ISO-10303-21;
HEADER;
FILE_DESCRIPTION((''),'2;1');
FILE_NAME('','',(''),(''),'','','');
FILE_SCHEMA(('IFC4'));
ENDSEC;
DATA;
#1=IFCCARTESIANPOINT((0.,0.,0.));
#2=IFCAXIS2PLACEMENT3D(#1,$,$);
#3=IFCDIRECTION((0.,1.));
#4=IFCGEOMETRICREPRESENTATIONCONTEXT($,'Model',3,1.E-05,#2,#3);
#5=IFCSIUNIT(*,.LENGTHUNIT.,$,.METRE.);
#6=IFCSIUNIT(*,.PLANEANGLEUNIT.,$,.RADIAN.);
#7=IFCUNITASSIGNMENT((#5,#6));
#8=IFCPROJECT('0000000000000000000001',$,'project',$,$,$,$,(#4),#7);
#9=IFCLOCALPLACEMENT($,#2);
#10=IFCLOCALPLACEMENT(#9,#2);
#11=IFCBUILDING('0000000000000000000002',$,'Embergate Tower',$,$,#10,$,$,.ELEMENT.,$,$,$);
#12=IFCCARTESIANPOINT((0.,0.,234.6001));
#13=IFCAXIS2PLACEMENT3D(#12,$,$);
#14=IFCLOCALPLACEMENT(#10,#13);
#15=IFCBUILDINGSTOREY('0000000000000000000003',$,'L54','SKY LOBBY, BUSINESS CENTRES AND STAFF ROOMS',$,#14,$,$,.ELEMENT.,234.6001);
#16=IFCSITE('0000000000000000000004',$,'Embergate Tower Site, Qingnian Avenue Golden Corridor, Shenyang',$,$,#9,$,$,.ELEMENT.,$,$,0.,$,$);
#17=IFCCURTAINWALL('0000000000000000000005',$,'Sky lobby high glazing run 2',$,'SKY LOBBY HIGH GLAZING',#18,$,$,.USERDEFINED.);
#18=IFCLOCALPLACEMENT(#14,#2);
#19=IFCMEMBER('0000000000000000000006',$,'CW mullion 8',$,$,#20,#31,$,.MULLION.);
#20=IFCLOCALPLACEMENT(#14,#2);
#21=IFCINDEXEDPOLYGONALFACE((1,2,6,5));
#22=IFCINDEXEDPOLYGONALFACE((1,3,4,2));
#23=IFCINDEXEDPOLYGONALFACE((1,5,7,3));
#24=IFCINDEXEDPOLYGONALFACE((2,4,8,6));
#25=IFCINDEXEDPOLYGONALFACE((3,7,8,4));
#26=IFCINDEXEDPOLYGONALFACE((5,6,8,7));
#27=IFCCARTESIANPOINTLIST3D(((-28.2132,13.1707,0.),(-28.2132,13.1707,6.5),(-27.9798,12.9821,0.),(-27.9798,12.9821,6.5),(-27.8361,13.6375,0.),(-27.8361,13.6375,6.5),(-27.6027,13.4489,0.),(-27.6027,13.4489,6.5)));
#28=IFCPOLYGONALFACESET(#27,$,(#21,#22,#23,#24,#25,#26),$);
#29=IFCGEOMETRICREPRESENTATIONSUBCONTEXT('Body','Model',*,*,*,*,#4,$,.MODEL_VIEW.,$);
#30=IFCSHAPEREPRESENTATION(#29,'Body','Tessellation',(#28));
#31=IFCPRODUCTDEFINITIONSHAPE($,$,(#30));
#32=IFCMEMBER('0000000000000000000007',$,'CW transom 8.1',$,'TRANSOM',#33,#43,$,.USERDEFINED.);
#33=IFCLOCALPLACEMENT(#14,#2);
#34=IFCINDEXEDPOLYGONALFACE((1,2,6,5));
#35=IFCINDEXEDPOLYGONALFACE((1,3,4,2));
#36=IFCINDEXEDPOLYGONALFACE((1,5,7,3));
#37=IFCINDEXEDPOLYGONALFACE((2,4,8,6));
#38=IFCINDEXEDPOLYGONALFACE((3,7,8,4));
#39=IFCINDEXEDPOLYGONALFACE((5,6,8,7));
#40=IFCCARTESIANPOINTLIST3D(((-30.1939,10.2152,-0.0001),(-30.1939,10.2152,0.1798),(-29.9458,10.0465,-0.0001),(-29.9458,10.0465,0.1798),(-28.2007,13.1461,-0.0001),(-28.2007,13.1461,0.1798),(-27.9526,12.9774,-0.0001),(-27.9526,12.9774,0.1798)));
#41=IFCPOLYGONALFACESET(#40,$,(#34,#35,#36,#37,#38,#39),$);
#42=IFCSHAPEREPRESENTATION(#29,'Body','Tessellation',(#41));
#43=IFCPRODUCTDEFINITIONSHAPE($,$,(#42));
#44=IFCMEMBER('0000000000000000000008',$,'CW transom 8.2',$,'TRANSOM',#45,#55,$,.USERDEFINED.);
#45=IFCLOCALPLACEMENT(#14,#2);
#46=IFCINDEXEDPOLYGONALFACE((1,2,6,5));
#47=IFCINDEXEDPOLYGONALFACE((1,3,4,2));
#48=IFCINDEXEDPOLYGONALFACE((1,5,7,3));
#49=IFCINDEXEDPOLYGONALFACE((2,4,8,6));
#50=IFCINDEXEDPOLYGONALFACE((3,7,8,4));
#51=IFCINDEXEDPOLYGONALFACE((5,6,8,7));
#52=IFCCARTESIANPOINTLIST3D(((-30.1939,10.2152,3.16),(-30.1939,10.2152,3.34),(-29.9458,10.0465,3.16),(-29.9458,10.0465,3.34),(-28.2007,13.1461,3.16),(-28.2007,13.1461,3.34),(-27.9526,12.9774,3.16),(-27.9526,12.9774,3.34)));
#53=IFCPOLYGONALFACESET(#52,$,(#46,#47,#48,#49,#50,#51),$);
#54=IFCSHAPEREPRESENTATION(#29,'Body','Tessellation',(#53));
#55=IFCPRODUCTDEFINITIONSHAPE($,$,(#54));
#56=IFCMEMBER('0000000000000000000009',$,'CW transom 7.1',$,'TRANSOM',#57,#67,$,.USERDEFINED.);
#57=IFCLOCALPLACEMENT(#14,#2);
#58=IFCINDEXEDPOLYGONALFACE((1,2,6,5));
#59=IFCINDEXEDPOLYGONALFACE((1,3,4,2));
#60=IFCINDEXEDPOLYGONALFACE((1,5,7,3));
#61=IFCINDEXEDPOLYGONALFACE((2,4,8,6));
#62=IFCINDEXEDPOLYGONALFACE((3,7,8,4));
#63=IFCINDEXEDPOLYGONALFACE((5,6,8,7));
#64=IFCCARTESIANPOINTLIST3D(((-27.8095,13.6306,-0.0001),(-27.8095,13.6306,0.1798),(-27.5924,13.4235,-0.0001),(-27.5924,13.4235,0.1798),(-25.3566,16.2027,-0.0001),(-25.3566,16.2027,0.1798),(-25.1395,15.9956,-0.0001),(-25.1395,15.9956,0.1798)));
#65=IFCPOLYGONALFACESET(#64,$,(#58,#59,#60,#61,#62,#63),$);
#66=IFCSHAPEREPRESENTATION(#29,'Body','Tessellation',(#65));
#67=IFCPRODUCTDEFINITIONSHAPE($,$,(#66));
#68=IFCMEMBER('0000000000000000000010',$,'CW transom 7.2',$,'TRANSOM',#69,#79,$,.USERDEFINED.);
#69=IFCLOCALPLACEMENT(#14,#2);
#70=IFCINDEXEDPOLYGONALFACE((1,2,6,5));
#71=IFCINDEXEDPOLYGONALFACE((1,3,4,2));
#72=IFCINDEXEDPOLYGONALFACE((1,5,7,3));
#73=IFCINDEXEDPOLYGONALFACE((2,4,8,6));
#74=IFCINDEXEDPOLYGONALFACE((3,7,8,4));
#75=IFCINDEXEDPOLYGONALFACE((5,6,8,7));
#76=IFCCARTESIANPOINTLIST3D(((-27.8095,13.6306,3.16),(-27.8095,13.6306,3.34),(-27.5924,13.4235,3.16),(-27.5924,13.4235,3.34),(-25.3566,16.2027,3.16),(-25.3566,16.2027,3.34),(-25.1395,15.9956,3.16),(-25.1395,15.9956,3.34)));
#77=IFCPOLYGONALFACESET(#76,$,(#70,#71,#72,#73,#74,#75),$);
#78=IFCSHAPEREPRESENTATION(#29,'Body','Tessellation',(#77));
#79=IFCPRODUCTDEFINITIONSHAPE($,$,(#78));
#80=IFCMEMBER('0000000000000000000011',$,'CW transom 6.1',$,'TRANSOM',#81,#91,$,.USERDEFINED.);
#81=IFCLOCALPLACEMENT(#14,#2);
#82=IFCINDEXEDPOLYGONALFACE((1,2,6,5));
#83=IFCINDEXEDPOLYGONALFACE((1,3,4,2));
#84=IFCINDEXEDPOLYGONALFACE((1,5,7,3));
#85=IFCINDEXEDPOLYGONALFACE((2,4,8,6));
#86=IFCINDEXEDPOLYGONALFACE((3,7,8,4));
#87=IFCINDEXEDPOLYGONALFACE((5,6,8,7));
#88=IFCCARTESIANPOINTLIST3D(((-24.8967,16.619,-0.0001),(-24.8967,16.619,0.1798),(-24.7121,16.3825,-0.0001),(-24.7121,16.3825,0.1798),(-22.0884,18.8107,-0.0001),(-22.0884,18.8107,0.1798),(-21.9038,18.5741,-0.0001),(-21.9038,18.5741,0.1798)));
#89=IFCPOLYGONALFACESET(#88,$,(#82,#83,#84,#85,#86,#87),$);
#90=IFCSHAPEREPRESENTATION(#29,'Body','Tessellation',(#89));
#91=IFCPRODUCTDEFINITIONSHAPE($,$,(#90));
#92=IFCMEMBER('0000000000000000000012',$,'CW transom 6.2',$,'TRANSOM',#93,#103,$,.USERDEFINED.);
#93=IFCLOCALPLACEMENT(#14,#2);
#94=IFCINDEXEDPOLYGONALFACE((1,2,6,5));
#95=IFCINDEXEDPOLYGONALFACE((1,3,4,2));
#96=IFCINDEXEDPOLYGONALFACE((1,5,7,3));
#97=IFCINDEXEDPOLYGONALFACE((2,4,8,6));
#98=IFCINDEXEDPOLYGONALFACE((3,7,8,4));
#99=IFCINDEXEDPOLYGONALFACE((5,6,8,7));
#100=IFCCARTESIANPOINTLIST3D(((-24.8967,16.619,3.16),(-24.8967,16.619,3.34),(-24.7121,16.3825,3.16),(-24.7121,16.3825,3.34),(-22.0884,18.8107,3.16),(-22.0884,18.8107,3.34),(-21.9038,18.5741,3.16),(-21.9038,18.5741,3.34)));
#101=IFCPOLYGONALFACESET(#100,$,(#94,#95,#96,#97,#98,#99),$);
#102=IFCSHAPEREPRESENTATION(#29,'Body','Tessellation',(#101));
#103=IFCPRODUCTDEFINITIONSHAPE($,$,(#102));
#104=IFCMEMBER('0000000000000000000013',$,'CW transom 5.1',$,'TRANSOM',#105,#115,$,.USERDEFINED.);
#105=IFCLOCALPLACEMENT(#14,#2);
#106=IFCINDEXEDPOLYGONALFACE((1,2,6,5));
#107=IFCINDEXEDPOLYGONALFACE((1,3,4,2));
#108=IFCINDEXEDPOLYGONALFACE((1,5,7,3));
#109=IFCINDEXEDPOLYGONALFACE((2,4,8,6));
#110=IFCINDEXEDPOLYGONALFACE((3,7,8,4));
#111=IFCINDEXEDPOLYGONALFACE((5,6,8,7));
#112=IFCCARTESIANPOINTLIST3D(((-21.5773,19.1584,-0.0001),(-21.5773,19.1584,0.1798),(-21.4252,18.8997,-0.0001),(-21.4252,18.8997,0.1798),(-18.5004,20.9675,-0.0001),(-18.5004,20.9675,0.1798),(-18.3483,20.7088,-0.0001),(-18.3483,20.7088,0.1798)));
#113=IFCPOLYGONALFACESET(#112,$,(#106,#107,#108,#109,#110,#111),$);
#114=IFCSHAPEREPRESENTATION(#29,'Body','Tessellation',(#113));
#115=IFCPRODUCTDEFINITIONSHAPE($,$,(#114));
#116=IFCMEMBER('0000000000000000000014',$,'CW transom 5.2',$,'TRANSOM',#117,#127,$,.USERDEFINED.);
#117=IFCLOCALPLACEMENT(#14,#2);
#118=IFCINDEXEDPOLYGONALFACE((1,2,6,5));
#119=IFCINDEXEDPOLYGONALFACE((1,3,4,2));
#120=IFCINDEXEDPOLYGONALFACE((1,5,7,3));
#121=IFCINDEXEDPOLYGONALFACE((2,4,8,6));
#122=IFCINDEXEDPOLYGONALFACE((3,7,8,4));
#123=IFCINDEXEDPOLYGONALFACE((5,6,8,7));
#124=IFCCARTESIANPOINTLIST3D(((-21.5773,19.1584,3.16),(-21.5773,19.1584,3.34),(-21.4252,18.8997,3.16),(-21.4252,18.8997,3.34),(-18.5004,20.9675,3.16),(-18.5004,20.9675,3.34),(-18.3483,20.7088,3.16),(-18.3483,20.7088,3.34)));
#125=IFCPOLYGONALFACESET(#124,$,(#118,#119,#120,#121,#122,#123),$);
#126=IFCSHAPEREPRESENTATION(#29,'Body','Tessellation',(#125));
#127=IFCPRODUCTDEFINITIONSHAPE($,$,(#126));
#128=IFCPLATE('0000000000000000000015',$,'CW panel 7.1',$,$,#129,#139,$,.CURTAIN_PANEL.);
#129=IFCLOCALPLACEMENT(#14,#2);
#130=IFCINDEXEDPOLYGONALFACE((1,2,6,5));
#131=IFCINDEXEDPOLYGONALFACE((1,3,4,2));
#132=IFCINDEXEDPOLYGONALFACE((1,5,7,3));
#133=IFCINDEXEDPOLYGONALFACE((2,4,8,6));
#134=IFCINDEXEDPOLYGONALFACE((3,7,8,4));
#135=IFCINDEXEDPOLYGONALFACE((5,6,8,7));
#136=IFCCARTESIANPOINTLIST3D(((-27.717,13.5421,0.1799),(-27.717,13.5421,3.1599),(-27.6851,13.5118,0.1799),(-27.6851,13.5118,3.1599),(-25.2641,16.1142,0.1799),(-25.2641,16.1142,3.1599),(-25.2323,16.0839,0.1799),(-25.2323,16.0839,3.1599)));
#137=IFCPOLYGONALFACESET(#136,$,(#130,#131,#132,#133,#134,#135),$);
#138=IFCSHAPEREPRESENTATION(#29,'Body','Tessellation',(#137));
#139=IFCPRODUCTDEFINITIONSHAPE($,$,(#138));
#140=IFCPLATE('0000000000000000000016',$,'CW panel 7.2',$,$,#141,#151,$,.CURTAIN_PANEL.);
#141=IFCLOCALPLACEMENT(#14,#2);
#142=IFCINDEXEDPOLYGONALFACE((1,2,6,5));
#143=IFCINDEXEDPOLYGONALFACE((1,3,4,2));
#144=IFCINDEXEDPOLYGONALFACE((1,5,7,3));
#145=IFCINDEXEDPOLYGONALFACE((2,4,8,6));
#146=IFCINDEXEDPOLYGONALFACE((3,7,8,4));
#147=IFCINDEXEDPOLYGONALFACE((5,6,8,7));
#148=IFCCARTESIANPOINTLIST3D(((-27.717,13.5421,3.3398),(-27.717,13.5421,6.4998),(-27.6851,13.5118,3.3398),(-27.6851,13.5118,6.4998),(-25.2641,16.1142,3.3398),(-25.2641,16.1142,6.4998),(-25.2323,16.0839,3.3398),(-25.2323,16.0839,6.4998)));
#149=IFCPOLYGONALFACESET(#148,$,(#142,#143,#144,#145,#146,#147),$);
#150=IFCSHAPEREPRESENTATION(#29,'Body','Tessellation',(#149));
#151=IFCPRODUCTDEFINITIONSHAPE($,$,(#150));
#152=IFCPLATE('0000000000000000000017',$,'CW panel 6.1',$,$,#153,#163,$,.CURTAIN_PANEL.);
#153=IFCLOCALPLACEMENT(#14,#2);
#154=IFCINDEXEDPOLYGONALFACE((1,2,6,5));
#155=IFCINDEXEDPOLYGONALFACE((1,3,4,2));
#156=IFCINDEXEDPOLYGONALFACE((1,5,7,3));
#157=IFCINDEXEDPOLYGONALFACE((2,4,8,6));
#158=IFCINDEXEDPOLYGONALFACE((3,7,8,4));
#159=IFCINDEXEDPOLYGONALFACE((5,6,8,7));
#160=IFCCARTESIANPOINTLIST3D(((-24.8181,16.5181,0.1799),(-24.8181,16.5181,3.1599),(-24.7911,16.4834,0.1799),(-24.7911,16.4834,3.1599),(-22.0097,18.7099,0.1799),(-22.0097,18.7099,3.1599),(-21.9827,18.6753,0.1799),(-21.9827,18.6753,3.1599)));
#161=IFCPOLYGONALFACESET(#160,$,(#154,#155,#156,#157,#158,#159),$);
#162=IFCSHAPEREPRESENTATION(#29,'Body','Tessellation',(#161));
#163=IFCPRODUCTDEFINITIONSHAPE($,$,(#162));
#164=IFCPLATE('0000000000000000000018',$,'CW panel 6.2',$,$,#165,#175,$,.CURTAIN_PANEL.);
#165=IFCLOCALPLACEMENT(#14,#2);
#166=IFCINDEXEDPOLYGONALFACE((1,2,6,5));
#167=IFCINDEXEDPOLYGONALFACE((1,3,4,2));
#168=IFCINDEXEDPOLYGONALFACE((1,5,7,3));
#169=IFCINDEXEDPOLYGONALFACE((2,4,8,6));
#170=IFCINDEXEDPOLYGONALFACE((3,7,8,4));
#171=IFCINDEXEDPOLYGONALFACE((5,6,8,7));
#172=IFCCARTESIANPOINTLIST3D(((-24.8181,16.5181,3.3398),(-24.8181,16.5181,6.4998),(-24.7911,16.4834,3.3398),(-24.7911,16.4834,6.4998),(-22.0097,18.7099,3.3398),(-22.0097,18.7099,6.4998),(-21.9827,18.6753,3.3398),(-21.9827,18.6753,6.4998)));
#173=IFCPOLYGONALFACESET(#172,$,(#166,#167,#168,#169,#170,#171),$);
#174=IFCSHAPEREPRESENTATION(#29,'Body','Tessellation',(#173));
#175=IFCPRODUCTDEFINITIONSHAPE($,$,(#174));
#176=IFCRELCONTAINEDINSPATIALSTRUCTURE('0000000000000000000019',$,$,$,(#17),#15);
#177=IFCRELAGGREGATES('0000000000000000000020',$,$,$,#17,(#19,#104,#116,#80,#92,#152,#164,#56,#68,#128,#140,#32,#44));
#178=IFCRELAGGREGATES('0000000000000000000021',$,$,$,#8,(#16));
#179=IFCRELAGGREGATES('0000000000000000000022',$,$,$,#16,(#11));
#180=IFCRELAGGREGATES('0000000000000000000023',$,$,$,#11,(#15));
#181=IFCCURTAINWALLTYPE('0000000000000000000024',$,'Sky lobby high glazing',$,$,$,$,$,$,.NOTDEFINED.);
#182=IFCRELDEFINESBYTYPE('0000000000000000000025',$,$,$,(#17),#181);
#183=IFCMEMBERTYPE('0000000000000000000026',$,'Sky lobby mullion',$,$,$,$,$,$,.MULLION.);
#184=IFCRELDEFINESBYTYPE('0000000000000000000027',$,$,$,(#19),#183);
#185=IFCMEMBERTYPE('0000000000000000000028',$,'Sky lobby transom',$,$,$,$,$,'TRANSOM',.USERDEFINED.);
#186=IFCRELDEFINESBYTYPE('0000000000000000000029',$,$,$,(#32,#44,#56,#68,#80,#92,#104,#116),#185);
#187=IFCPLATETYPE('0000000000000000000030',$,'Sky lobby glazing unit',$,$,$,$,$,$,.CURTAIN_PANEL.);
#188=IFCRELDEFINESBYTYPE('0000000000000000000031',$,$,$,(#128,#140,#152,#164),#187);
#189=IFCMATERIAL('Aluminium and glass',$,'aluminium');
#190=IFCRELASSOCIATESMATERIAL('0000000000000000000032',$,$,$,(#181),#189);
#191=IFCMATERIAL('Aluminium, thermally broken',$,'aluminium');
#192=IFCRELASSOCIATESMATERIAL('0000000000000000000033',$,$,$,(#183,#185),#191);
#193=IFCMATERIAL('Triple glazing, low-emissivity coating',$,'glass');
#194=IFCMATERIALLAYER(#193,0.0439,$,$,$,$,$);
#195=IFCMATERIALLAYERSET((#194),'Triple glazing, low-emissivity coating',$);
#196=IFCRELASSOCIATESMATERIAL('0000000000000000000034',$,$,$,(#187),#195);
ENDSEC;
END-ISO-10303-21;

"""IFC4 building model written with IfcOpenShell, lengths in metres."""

from ifc_helpers import new_model, si_unit, direction, frame, origin, origin_2d, place, context, subcontext, project, spatial, rectangle, extrude, source, transform, mapped, material, layer, layer_set, material_profile, profile_set, type_object, element, aggregate, save


model = new_model("IFC4")

# Units and contexts
model_context = context("Model", 3, precision=1e-05, world=origin(), true_north=direction((0.0, 1.0)))
body_context = subcontext(model_context, "Body", "Model", "MODEL_VIEW")
ifc_project = project(units=[si_unit("LENGTHUNIT", "METRE"), si_unit("PLANEANGLEUNIT", "RADIAN")], contexts=[model_context])

# Site, building, storey
site_placement = place(None, origin())
site = spatial("IfcSite", under=ifc_project, at=site_placement, Name="Embergate Tower Site, Qingnian Avenue Golden Corridor, Shenyang", CompositionType="ELEMENT", RefElevation=0.0)
building_placement = place(site_placement, origin())
building = spatial("IfcBuilding", under=site, at=building_placement, Name="Embergate Tower", CompositionType="ELEMENT")
storey_placement = place(building_placement, frame((0.0, 0.0, 234.6001)))
storey = spatial("IfcBuildingStorey", under=building, at=storey_placement, Name="L54", Description="SKY LOBBY, BUSINESS CENTRES AND STAFF ROOMS", CompositionType="ELEMENT", Elevation=234.6001)

# Curtain wall, members, plates
ifc_material_1 = material(Name="Aluminium and glass", Category="aluminium")
curtain_wall_type = type_object("IfcCurtainWallType", Name="Sky lobby high glazing", PredefinedType="NOTDEFINED", material=ifc_material_1)
curtain_wall_placement = place(storey_placement, origin())
curtain_wall = element("IfcCurtainWall", 1, at=curtain_wall_placement, inside=storey, type_object=curtain_wall_type, Name="Sky lobby high glazing run 2", ObjectType="SKY LOBBY HIGH GLAZING", PredefinedType="USERDEFINED")
ifc_material_2 = material(Name="Aluminium, thermally broken", Category="aluminium")
ifc_material_profile_1 = material_profile(ifc_material_2, rectangle(XDim=0.3, YDim=0.6001, at=origin_2d()), Name="AL 600x300")
ifc_profile_set_1 = profile_set([ifc_material_profile_1], Name="Aluminium, thermally broken")
member_type_1 = type_object("IfcMemberType", Name="Sky lobby mullion", PredefinedType="MULLION", material=ifc_profile_set_1)
shared_shape_1 = source(origin(), body_context, "Body", "SweptSolid", [
    extrude(rectangle(XDim=0.3, YDim=0.6001, at=origin_2d()), origin(), (0.0, 0.0, 1.0), 6.5),
])
member_1_placement = place(storey_placement, frame((-27.908, 13.3098, 0.0), z_axis=(0.0, 0.0, 1.0), x_axis=(0.777858, -0.62844, 0.0)))
member_1 = element("IfcMember", 2, at=member_1_placement, type_object=member_type_1, Name="CW mullion 8", PredefinedType="MULLION", context=body_context, shape_type="MappedRepresentation", body=[
    mapped(shared_shape_1, transform((0.0, 0.0, 0.0))),
])
ifc_material_profile_2 = material_profile(ifc_material_2, rectangle(XDim=0.3, YDim=0.1799, at=origin_2d()), Name="AL 180x300")
ifc_profile_set_2 = profile_set([ifc_material_profile_2], Name="Aluminium, thermally broken")
member_type_2 = type_object("IfcMemberType", Name="Sky lobby transom", ElementType="TRANSOM", PredefinedType="USERDEFINED", material=ifc_profile_set_2)
shared_shape_2 = source(origin(), body_context, "Body", "SweptSolid", [
    extrude(rectangle(XDim=0.3, YDim=0.1799, at=origin_2d()), origin(), (0.0, 0.0, 1.0), 3.5444),
])
member_2_placement = place(storey_placement, frame((-28.0767, 13.0618, 0.0898), z_axis=(-0.562338, -0.826907, 0.0), x_axis=(0.826907, -0.562338, 0.0)))
member_2 = element("IfcMember", 3, at=member_2_placement, type_object=member_type_2, Name="CW transom 8.1", ObjectType="TRANSOM", PredefinedType="USERDEFINED", context=body_context, shape_type="MappedRepresentation", body=[
    mapped(shared_shape_2, transform((0.0, 0.0, 0.0))),
])
member_3_placement = place(storey_placement, frame((-28.0767, 13.0618, 3.25), z_axis=(-0.562338, -0.826907, 0.0), x_axis=(0.826907, -0.562338, 0.0)))
member_3 = element("IfcMember", 4, at=member_3_placement, type_object=member_type_2, Name="CW transom 8.2", ObjectType="TRANSOM", PredefinedType="USERDEFINED", context=body_context, shape_type="MappedRepresentation", body=[
    mapped(shared_shape_2, transform((0.0, 0.0, 0.0))),
])
shared_shape_3 = source(origin(), body_context, "Body", "SweptSolid", [
    extrude(rectangle(XDim=0.3, YDim=0.1799, at=origin_2d()), origin(), (0.0, 0.0, 1.0), 3.5542),
])
member_4_placement = place(storey_placement, frame((-25.248, 16.0991, 0.0898), z_axis=(-0.690147, -0.723669, 0.0), x_axis=(0.723669, -0.690147, 0.0)))
member_4 = element("IfcMember", 5, at=member_4_placement, type_object=member_type_2, Name="CW transom 7.1", ObjectType="TRANSOM", PredefinedType="USERDEFINED", context=body_context, shape_type="MappedRepresentation", body=[
    mapped(shared_shape_3, transform((0.0, 0.0, 0.0))),
])
member_5_placement = place(storey_placement, frame((-25.248, 16.0991, 3.25), z_axis=(-0.690147, -0.723669, 0.0), x_axis=(0.723669, -0.690147, 0.0)))
member_5 = element("IfcMember", 6, at=member_5_placement, type_object=member_type_2, Name="CW transom 7.2", ObjectType="TRANSOM", PredefinedType="USERDEFINED", context=body_context, shape_type="MappedRepresentation", body=[
    mapped(shared_shape_3, transform((0.0, 0.0, 0.0))),
])
shared_shape_4 = source(origin(), body_context, "Body", "SweptSolid", [
    extrude(rectangle(XDim=0.3, YDim=0.1799, at=origin_2d()), origin(), (0.0, 0.0, 1.0), 3.5623),
])
member_6_placement = place(storey_placement, frame((-21.9961, 18.6924, 0.0898), z_axis=(-0.788347, -0.61523, 0.0), x_axis=(0.61523, -0.788347, 0.0)))
member_6 = element("IfcMember", 7, at=member_6_placement, type_object=member_type_2, Name="CW transom 6.1", ObjectType="TRANSOM", PredefinedType="USERDEFINED", context=body_context, shape_type="MappedRepresentation", body=[
    mapped(shared_shape_4, transform((0.0, 0.0, 0.0))),
])
member_7_placement = place(storey_placement, frame((-21.9961, 18.6924, 3.25), z_axis=(-0.788347, -0.61523, 0.0), x_axis=(0.61523, -0.788347, 0.0)))
member_7 = element("IfcMember", 8, at=member_7_placement, type_object=member_type_2, Name="CW transom 6.2", ObjectType="TRANSOM", PredefinedType="USERDEFINED", context=body_context, shape_type="MappedRepresentation", body=[
    mapped(shared_shape_4, transform((0.0, 0.0, 0.0))),
])
shared_shape_5 = source(origin(), body_context, "Body", "SweptSolid", [
    extrude(rectangle(XDim=0.3, YDim=0.1799, at=origin_2d()), origin(), (0.0, 0.0, 1.0), 3.5693),
])
member_8_placement = place(storey_placement, frame((-18.4243, 20.8381, 0.0898), z_axis=(-0.86204, -0.506841, 0.0), x_axis=(0.506841, -0.86204, 0.0)))
member_8 = element("IfcMember", 9, at=member_8_placement, type_object=member_type_2, Name="CW transom 5.1", ObjectType="TRANSOM", PredefinedType="USERDEFINED", context=body_context, shape_type="MappedRepresentation", body=[
    mapped(shared_shape_5, transform((0.0, 0.0, 0.0))),
])
member_9_placement = place(storey_placement, frame((-18.4243, 20.8381, 3.25), z_axis=(-0.86204, -0.506841, 0.0), x_axis=(0.506841, -0.86204, 0.0)))
member_9 = element("IfcMember", 10, at=member_9_placement, type_object=member_type_2, Name="CW transom 5.2", ObjectType="TRANSOM", PredefinedType="USERDEFINED", context=body_context, shape_type="MappedRepresentation", body=[
    mapped(shared_shape_5, transform((0.0, 0.0, 0.0))),
])
ifc_material_3 = material(Name="Triple glazing, low-emissivity coating", Category="glass")
ifc_layer_1 = layer(ifc_material_3, 0.0439)
ifc_layer_set_1 = layer_set([ifc_layer_1], Name="Triple glazing, low-emissivity coating")
plate_type = type_object("IfcPlateType", Name="Sky lobby glazing unit", PredefinedType="CURTAIN_PANEL", material=ifc_layer_set_1)
shared_shape_6 = source(origin(), body_context, "Body", "SweptSolid", [
    extrude(rectangle(XDim=3.5542, YDim=0.0439, at=origin_2d()), origin(), (0.0, 0.0, 1.0), 2.98),
])
plate_1_placement = place(storey_placement, frame((-26.4746, 14.813, 0.1799), z_axis=(0.0, 0.0, 1.0), x_axis=(-0.690136, -0.723679, 0.0)))
plate_1 = element("IfcPlate", 11, at=plate_1_placement, type_object=plate_type, Name="CW panel 7.1", PredefinedType="CURTAIN_PANEL", context=body_context, shape_type="MappedRepresentation", body=[
    mapped(shared_shape_6, transform((0.0, 0.0, 0.0))),
])
shared_shape_7 = source(origin(), body_context, "Body", "SweptSolid", [
    extrude(rectangle(XDim=3.5542, YDim=0.0439, at=origin_2d()), origin(), (0.0, 0.0, 1.0), 3.1599),
])
plate_2_placement = place(storey_placement, frame((-26.4746, 14.813, 3.3398), z_axis=(0.0, 0.0, 1.0), x_axis=(-0.690136, -0.723679, 0.0)))
plate_2 = element("IfcPlate", 12, at=plate_2_placement, type_object=plate_type, Name="CW panel 7.2", PredefinedType="CURTAIN_PANEL", context=body_context, shape_type="MappedRepresentation", body=[
    mapped(shared_shape_7, transform((0.0, 0.0, 0.0))),
])
shared_shape_8 = source(origin(), body_context, "Body", "SweptSolid", [
    extrude(rectangle(XDim=3.5625, YDim=0.0439, at=origin_2d()), origin(), (0.0, 0.0, 1.0), 2.98),
])
plate_3_placement = place(storey_placement, frame((-23.4004, 17.5967, 0.1799), z_axis=(0.0, 0.0, 1.0), x_axis=(-0.788321, -0.615264, 0.0)))
plate_3 = element("IfcPlate", 13, at=plate_3_placement, type_object=plate_type, Name="CW panel 6.1", PredefinedType="CURTAIN_PANEL", context=body_context, shape_type="MappedRepresentation", body=[
    mapped(shared_shape_8, transform((0.0, 0.0, 0.0))),
])
shared_shape_9 = source(origin(), body_context, "Body", "SweptSolid", [
    extrude(rectangle(XDim=3.5625, YDim=0.0439, at=origin_2d()), origin(), (0.0, 0.0, 1.0), 3.1599),
])
plate_4_placement = place(storey_placement, frame((-23.4004, 17.5967, 3.3398), z_axis=(0.0, 0.0, 1.0), x_axis=(-0.788321, -0.615264, 0.0)))
plate_4 = element("IfcPlate", 14, at=plate_4_placement, type_object=plate_type, Name="CW panel 6.2", PredefinedType="CURTAIN_PANEL", context=body_context, shape_type="MappedRepresentation", body=[
    mapped(shared_shape_9, transform((0.0, 0.0, 0.0))),
])
aggregate(curtain_wall, [member_1, member_8, member_9, member_6, member_7, plate_3, plate_4, member_4, member_5, plate_1, plate_2, member_2, member_3])

save(model, "model.ifc")
